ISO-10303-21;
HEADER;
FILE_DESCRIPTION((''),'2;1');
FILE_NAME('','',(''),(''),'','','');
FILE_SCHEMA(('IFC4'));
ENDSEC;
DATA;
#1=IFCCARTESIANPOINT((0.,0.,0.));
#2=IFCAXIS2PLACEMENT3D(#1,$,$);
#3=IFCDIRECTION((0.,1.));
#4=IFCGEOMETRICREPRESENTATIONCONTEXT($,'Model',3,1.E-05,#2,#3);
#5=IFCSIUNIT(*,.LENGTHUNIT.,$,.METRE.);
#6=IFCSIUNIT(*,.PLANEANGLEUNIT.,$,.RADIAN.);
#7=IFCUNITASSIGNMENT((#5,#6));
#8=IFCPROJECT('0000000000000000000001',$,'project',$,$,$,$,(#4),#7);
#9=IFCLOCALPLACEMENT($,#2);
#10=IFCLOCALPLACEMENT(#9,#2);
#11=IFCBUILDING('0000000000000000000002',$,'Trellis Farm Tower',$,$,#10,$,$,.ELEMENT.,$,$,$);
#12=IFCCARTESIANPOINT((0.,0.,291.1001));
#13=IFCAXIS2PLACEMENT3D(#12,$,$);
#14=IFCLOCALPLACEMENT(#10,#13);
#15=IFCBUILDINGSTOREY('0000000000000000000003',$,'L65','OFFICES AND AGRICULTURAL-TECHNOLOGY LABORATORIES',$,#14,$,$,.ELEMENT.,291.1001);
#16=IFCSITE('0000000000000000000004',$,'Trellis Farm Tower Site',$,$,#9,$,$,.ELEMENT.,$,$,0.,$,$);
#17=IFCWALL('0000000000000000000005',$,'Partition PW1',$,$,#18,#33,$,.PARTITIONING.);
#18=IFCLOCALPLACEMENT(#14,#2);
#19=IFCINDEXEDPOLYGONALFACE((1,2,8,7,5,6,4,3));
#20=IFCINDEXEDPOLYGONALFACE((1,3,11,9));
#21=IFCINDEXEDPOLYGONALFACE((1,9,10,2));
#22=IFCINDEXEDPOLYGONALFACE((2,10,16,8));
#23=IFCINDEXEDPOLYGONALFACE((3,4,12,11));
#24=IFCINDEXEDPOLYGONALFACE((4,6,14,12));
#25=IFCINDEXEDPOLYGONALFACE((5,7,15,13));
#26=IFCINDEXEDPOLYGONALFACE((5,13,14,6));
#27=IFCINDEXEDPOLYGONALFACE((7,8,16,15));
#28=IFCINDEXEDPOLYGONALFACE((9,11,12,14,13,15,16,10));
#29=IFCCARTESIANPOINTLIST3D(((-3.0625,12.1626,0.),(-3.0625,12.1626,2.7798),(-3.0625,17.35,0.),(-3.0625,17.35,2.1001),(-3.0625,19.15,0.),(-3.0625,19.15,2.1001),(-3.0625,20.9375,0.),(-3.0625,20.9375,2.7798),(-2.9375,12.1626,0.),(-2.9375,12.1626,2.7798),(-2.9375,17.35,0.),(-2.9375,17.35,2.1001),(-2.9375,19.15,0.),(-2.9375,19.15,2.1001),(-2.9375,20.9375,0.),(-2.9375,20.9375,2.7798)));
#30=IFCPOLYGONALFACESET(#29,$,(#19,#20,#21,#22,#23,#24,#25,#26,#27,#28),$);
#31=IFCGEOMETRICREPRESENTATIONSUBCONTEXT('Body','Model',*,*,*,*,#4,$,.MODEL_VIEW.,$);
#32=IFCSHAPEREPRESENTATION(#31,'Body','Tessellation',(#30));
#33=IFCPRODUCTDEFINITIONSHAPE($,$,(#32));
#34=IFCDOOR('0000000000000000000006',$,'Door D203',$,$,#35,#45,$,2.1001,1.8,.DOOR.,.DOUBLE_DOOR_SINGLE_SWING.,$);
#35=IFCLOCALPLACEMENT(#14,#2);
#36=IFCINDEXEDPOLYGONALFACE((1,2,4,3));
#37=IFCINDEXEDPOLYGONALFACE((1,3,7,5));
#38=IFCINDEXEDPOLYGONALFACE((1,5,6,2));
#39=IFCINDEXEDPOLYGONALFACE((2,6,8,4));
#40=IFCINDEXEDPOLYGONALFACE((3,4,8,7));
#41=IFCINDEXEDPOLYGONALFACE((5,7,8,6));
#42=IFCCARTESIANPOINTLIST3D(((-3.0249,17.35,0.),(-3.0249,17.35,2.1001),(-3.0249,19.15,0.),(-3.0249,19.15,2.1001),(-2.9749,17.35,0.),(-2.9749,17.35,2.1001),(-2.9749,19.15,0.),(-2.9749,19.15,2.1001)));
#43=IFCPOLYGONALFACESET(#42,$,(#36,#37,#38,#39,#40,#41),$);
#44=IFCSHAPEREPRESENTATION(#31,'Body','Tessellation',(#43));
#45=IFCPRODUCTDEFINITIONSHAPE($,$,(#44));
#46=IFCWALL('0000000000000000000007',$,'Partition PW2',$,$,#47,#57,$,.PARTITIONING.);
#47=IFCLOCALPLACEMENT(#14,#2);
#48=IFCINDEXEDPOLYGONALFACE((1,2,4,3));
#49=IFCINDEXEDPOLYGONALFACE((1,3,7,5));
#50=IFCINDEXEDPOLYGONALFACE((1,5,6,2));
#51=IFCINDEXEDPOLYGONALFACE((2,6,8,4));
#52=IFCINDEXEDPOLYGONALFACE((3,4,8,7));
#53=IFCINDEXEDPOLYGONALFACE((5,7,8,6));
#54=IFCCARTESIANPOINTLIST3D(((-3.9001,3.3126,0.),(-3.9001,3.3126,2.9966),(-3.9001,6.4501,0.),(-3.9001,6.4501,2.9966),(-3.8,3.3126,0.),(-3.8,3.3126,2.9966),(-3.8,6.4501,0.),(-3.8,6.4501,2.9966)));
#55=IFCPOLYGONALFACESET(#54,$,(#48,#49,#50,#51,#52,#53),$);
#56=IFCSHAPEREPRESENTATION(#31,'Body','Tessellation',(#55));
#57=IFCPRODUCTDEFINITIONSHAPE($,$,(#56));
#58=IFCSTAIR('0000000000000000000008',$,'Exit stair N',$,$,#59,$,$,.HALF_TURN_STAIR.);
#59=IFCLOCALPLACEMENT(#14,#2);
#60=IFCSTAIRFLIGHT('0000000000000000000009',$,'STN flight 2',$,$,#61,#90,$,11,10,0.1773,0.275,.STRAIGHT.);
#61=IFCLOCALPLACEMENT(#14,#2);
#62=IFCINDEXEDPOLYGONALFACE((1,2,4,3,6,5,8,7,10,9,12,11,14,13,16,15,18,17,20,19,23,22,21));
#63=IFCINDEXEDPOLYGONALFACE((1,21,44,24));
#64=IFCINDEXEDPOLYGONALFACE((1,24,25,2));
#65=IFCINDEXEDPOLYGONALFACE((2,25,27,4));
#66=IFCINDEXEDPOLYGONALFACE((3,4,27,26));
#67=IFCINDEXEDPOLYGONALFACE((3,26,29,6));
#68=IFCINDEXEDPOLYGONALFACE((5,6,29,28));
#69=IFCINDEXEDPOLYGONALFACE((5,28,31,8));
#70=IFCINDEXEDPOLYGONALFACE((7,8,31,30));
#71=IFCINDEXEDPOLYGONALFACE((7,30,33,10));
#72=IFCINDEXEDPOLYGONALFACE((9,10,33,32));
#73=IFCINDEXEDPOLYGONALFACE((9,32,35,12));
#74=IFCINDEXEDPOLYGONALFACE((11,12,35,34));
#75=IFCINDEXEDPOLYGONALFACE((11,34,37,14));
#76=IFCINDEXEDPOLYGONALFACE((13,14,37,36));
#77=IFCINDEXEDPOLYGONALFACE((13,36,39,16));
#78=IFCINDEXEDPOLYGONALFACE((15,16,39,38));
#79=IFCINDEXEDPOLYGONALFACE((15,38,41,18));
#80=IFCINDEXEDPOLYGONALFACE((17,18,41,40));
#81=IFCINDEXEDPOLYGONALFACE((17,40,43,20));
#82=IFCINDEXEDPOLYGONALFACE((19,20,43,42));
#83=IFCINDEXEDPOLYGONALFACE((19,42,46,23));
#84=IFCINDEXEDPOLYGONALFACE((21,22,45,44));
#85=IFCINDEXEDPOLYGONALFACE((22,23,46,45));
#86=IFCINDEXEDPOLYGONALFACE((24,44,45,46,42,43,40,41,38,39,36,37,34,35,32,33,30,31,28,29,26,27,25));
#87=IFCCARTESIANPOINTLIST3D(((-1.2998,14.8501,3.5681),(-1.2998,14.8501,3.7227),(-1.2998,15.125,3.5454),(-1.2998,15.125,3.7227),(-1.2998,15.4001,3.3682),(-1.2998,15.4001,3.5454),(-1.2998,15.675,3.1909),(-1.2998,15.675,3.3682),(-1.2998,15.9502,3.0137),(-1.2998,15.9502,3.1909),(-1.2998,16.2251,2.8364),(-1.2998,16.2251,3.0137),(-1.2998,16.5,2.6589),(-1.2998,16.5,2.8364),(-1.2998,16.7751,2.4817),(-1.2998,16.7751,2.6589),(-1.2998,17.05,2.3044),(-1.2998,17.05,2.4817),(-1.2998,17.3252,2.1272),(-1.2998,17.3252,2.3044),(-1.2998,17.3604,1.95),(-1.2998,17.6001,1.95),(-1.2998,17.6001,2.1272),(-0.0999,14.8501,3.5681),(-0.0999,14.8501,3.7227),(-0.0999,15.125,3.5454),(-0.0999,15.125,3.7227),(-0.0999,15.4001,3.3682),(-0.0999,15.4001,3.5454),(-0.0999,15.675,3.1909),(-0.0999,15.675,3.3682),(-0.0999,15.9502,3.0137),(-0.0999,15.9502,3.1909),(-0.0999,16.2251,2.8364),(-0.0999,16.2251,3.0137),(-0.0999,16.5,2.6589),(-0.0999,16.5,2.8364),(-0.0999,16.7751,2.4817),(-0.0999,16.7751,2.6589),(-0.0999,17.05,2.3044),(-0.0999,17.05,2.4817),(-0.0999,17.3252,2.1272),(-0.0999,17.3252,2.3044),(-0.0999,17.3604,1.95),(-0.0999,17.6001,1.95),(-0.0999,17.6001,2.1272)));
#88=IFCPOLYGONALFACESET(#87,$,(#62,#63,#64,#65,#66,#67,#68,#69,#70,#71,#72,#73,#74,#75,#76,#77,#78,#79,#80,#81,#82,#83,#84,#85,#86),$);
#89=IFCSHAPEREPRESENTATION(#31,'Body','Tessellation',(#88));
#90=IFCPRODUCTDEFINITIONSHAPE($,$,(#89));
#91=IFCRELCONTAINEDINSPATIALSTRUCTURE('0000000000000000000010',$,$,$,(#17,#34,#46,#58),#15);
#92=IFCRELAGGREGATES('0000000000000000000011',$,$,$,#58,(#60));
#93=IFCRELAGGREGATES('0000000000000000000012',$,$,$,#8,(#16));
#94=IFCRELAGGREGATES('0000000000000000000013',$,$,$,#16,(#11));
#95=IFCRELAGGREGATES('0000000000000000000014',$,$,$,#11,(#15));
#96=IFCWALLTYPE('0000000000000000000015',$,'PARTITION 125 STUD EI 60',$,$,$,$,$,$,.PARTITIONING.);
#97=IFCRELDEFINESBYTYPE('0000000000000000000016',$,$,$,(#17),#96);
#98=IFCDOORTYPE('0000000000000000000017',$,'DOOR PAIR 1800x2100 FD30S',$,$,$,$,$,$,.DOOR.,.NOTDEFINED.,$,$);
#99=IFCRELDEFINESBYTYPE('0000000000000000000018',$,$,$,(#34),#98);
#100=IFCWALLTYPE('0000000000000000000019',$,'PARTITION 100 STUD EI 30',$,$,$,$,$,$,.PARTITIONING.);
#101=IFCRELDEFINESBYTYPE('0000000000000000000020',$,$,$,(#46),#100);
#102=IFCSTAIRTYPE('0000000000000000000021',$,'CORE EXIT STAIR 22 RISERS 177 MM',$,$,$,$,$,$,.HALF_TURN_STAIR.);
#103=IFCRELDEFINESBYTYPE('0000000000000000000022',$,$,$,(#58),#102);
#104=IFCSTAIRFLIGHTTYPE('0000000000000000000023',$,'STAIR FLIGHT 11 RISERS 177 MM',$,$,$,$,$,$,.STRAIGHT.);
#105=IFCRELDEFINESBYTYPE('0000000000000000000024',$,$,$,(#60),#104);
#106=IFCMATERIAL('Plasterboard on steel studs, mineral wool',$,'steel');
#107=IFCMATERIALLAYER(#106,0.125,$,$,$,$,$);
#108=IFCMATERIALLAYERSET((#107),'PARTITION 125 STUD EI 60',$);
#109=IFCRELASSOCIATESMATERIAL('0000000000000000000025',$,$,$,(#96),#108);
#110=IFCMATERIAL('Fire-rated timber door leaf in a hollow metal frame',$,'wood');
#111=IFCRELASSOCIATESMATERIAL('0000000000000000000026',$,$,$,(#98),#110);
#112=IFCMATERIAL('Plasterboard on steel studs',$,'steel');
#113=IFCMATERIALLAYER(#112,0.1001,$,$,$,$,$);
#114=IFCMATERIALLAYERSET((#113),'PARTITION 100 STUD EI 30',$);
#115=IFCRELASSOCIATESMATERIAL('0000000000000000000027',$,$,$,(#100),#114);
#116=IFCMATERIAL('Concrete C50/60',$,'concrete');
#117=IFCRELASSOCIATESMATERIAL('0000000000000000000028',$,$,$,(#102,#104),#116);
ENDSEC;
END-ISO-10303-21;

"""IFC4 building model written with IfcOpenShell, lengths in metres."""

from ifc_helpers import new_model, si_unit, direction, frame, frame_2d, origin, place, context, subcontext, project, spatial, polyline, rectangle, outline, extrude, source, transform, mapped, material, layer, layer_set, type_object, element, fill, aggregate, save


model = new_model("IFC4")

# Units and contexts
model_context = context("Model", 3, precision=1e-05, world=origin(), true_north=direction((0.0, 1.0)))
body_context = subcontext(model_context, "Body", "Model", "MODEL_VIEW")
ifc_project = project(units=[si_unit("LENGTHUNIT", "METRE"), si_unit("PLANEANGLEUNIT", "RADIAN")], contexts=[model_context])

# Site, building, storey
site_placement = place(None, origin())
site = spatial("IfcSite", under=ifc_project, at=site_placement, Name="Trellis Farm Tower Site", CompositionType="ELEMENT", RefElevation=0.0)
building_placement = place(site_placement, origin())
building = spatial("IfcBuilding", under=site, at=building_placement, Name="Trellis Farm Tower", CompositionType="ELEMENT")
storey_placement = place(building_placement, frame((0.0, 0.0, 291.1001)))
storey = spatial("IfcBuildingStorey", under=building, at=storey_placement, Name="L65", Description="OFFICES AND AGRICULTURAL-TECHNOLOGY LABORATORIES", CompositionType="ELEMENT", Elevation=291.1001)

# Shared definitions
placement = place(storey_placement, origin())

# Shared definitions
ifc_material_1 = material(Name="Concrete C50/60", Category="concrete")

# Shared definitions
ifc_material_2 = material(Name="Plasterboard on steel studs, mineral wool", Category="steel")
ifc_layer_1 = layer(ifc_material_2, 0.125)
ifc_layer_set_1 = layer_set([ifc_layer_1], Name="PARTITION 125 STUD EI 60")
wall_type_1 = type_object("IfcWallType", Name="PARTITION 125 STUD EI 60", PredefinedType="PARTITIONING", material=ifc_layer_set_1)
ifc_material_3 = material(Name="Fire-rated timber door leaf in a hollow metal frame", Category="wood")

# Wall, opening, door
shared_shape_1 = source(origin(), body_context, "Body", "SweptSolid", [
    extrude(rectangle(XDim=8.7749, YDim=0.125, at=frame_2d((4.3875, 0.0))), origin(), (0.0, 0.0, 1.0), 2.7798),
])
wall_1_placement = place(storey_placement, frame((-3.0, 12.1626, 0.0), z_axis=(0.0, 0.0, 1.0), x_axis=(0.0, 1.0, 0.0)))
wall_1 = element("IfcWall", 1, at=wall_1_placement, inside=storey, type_object=wall_type_1, Name="Partition PW1", PredefinedType="PARTITIONING", context=body_context, shape_type="MappedRepresentation", body=[
    mapped(shared_shape_1, transform((0.0, 0.0, 0.0))),
])
shared_shape_2 = source(origin(), body_context, "Body", "SweptSolid", [
    extrude(rectangle(XDim=1.8, YDim=2.1001, at=frame_2d((0.8999, 1.05))), frame((0.0, 0.0725, 0.0), z_axis=(0.0, -1.0, 0.0), x_axis=(1.0, 0.0, 0.0)), (0.0, 0.0, 1.0), 0.145),
])
opening_1_placement = place(wall_1_placement, frame((5.1875, 0.0, 0.0)))
opening_1 = element("IfcOpeningElement", 2, at=opening_1_placement, cuts=wall_1, PredefinedType="OPENING", context=body_context, shape_type="MappedRepresentation", body=[
    mapped(shared_shape_2, transform((0.0, 0.0, 0.0))),
])
door_type_1 = type_object("IfcDoorType", Name="DOOR PAIR 1800x2100 FD30S", OperationType="NOTDEFINED", PredefinedType="DOOR", material=ifc_material_3)
shared_shape_3 = source(origin(), body_context, "Body", "SweptSolid", [
    extrude(rectangle(XDim=1.8, YDim=2.1001, at=frame_2d((0.8999, 1.05))), frame((0.0, 0.0249, 0.0), z_axis=(0.0, -1.0, 0.0), x_axis=(1.0, 0.0, 0.0)), (0.0, 0.0, 1.0), 0.05),
])
door_1_placement = place(opening_1_placement, origin())
door_1 = element("IfcDoor", 3, at=door_1_placement, inside=storey, type_object=door_type_1, Name="Door D203", OperationType="DOUBLE_DOOR_SINGLE_SWING", OverallHeight=2.1001, OverallWidth=1.8, PredefinedType="DOOR", context=body_context, shape_type="MappedRepresentation", body=[
    mapped(shared_shape_3, transform((0.0, 0.0, 0.0))),
])
fill(opening_1, door_1)

# Wall
ifc_material_4 = material(Name="Plasterboard on steel studs", Category="steel")
ifc_layer_2 = layer(ifc_material_4, 0.1001)
ifc_layer_set_2 = layer_set([ifc_layer_2], Name="PARTITION 100 STUD EI 30")
wall_type_2 = type_object("IfcWallType", Name="PARTITION 100 STUD EI 30", PredefinedType="PARTITIONING", material=ifc_layer_set_2)
shared_shape_4 = source(origin(), body_context, "Body", "SweptSolid", [
    extrude(rectangle(XDim=3.1375, YDim=0.1001, at=frame_2d((1.5688, 0.0))), origin(), (0.0, 0.0, 1.0), 2.9966),
])
wall_2_placement = place(storey_placement, frame((-3.8501, 3.3125, 0.0), z_axis=(0.0, 0.0, 1.0), x_axis=(0.0, 1.0, 0.0)))
element("IfcWall", 4, at=wall_2_placement, inside=storey, type_object=wall_type_2, Name="Partition PW2", PredefinedType="PARTITIONING", context=body_context, shape_type="MappedRepresentation", body=[
    mapped(shared_shape_4, transform((0.0, 0.0, 0.0))),
])

# Stair, stair flight
stair_type = type_object("IfcStairType", Name="CORE EXIT STAIR 22 RISERS 177 MM", PredefinedType="HALF_TURN_STAIR", material=ifc_material_1)
stair = element("IfcStair", 5, at=placement, inside=storey, type_object=stair_type, Name="Exit stair N", PredefinedType="HALF_TURN_STAIR")
stair_flight_type = type_object("IfcStairFlightType", Name="STAIR FLIGHT 11 RISERS 177 MM", PredefinedType="STRAIGHT", material=ifc_material_1)
shared_shape_5 = source(origin(), body_context, "Body", "SweptSolid", [
    extrude(outline(polyline([(0.0, 0.0), (0.0, 0.1772), (0.2749, 0.1772), (0.2749, 0.3545), (0.55, 0.3545), (0.55, 0.5317), (0.825, 0.5317), (0.825, 0.709), (1.1001, 0.709), (1.1001, 0.8865), (1.375, 0.8865), (1.375, 1.0637), (1.6499, 1.0637), (1.6499, 1.241), (1.925, 1.241), (1.925, 1.4182), (2.2, 1.4182), (2.2, 1.5955), (2.4751, 1.5955), (2.4751, 1.7727), (2.75, 1.7727), (2.75, 1.95), (2.75, 1.6182), (0.2397, 0.0), (0.0, 0.0)])), frame((0.0, 0.6001, 0.0), z_axis=(0.0, -1.0, 0.0), x_axis=(1.0, 0.0, 0.0)), (0.0, 0.0, 1.0), 1.2),
])
stair_flight_placement = place(storey_placement, frame((-0.7, 17.6001, 1.95), z_axis=(0.0, 0.0, 1.0), x_axis=(0.0, -1.0, 0.0)))
stair_flight = element("IfcStairFlight", 6, at=stair_flight_placement, type_object=stair_flight_type, Name="STN flight 2", NumberOfRisers=11, NumberOfTreads=10, PredefinedType="STRAIGHT", RiserHeight=0.1773, TreadLength=0.275, context=body_context, shape_type="MappedRepresentation", body=[
    mapped(shared_shape_5, transform((0.0, 0.0, 0.0))),
])
aggregate(stair, [stair_flight])

save(model, "model.ifc")
